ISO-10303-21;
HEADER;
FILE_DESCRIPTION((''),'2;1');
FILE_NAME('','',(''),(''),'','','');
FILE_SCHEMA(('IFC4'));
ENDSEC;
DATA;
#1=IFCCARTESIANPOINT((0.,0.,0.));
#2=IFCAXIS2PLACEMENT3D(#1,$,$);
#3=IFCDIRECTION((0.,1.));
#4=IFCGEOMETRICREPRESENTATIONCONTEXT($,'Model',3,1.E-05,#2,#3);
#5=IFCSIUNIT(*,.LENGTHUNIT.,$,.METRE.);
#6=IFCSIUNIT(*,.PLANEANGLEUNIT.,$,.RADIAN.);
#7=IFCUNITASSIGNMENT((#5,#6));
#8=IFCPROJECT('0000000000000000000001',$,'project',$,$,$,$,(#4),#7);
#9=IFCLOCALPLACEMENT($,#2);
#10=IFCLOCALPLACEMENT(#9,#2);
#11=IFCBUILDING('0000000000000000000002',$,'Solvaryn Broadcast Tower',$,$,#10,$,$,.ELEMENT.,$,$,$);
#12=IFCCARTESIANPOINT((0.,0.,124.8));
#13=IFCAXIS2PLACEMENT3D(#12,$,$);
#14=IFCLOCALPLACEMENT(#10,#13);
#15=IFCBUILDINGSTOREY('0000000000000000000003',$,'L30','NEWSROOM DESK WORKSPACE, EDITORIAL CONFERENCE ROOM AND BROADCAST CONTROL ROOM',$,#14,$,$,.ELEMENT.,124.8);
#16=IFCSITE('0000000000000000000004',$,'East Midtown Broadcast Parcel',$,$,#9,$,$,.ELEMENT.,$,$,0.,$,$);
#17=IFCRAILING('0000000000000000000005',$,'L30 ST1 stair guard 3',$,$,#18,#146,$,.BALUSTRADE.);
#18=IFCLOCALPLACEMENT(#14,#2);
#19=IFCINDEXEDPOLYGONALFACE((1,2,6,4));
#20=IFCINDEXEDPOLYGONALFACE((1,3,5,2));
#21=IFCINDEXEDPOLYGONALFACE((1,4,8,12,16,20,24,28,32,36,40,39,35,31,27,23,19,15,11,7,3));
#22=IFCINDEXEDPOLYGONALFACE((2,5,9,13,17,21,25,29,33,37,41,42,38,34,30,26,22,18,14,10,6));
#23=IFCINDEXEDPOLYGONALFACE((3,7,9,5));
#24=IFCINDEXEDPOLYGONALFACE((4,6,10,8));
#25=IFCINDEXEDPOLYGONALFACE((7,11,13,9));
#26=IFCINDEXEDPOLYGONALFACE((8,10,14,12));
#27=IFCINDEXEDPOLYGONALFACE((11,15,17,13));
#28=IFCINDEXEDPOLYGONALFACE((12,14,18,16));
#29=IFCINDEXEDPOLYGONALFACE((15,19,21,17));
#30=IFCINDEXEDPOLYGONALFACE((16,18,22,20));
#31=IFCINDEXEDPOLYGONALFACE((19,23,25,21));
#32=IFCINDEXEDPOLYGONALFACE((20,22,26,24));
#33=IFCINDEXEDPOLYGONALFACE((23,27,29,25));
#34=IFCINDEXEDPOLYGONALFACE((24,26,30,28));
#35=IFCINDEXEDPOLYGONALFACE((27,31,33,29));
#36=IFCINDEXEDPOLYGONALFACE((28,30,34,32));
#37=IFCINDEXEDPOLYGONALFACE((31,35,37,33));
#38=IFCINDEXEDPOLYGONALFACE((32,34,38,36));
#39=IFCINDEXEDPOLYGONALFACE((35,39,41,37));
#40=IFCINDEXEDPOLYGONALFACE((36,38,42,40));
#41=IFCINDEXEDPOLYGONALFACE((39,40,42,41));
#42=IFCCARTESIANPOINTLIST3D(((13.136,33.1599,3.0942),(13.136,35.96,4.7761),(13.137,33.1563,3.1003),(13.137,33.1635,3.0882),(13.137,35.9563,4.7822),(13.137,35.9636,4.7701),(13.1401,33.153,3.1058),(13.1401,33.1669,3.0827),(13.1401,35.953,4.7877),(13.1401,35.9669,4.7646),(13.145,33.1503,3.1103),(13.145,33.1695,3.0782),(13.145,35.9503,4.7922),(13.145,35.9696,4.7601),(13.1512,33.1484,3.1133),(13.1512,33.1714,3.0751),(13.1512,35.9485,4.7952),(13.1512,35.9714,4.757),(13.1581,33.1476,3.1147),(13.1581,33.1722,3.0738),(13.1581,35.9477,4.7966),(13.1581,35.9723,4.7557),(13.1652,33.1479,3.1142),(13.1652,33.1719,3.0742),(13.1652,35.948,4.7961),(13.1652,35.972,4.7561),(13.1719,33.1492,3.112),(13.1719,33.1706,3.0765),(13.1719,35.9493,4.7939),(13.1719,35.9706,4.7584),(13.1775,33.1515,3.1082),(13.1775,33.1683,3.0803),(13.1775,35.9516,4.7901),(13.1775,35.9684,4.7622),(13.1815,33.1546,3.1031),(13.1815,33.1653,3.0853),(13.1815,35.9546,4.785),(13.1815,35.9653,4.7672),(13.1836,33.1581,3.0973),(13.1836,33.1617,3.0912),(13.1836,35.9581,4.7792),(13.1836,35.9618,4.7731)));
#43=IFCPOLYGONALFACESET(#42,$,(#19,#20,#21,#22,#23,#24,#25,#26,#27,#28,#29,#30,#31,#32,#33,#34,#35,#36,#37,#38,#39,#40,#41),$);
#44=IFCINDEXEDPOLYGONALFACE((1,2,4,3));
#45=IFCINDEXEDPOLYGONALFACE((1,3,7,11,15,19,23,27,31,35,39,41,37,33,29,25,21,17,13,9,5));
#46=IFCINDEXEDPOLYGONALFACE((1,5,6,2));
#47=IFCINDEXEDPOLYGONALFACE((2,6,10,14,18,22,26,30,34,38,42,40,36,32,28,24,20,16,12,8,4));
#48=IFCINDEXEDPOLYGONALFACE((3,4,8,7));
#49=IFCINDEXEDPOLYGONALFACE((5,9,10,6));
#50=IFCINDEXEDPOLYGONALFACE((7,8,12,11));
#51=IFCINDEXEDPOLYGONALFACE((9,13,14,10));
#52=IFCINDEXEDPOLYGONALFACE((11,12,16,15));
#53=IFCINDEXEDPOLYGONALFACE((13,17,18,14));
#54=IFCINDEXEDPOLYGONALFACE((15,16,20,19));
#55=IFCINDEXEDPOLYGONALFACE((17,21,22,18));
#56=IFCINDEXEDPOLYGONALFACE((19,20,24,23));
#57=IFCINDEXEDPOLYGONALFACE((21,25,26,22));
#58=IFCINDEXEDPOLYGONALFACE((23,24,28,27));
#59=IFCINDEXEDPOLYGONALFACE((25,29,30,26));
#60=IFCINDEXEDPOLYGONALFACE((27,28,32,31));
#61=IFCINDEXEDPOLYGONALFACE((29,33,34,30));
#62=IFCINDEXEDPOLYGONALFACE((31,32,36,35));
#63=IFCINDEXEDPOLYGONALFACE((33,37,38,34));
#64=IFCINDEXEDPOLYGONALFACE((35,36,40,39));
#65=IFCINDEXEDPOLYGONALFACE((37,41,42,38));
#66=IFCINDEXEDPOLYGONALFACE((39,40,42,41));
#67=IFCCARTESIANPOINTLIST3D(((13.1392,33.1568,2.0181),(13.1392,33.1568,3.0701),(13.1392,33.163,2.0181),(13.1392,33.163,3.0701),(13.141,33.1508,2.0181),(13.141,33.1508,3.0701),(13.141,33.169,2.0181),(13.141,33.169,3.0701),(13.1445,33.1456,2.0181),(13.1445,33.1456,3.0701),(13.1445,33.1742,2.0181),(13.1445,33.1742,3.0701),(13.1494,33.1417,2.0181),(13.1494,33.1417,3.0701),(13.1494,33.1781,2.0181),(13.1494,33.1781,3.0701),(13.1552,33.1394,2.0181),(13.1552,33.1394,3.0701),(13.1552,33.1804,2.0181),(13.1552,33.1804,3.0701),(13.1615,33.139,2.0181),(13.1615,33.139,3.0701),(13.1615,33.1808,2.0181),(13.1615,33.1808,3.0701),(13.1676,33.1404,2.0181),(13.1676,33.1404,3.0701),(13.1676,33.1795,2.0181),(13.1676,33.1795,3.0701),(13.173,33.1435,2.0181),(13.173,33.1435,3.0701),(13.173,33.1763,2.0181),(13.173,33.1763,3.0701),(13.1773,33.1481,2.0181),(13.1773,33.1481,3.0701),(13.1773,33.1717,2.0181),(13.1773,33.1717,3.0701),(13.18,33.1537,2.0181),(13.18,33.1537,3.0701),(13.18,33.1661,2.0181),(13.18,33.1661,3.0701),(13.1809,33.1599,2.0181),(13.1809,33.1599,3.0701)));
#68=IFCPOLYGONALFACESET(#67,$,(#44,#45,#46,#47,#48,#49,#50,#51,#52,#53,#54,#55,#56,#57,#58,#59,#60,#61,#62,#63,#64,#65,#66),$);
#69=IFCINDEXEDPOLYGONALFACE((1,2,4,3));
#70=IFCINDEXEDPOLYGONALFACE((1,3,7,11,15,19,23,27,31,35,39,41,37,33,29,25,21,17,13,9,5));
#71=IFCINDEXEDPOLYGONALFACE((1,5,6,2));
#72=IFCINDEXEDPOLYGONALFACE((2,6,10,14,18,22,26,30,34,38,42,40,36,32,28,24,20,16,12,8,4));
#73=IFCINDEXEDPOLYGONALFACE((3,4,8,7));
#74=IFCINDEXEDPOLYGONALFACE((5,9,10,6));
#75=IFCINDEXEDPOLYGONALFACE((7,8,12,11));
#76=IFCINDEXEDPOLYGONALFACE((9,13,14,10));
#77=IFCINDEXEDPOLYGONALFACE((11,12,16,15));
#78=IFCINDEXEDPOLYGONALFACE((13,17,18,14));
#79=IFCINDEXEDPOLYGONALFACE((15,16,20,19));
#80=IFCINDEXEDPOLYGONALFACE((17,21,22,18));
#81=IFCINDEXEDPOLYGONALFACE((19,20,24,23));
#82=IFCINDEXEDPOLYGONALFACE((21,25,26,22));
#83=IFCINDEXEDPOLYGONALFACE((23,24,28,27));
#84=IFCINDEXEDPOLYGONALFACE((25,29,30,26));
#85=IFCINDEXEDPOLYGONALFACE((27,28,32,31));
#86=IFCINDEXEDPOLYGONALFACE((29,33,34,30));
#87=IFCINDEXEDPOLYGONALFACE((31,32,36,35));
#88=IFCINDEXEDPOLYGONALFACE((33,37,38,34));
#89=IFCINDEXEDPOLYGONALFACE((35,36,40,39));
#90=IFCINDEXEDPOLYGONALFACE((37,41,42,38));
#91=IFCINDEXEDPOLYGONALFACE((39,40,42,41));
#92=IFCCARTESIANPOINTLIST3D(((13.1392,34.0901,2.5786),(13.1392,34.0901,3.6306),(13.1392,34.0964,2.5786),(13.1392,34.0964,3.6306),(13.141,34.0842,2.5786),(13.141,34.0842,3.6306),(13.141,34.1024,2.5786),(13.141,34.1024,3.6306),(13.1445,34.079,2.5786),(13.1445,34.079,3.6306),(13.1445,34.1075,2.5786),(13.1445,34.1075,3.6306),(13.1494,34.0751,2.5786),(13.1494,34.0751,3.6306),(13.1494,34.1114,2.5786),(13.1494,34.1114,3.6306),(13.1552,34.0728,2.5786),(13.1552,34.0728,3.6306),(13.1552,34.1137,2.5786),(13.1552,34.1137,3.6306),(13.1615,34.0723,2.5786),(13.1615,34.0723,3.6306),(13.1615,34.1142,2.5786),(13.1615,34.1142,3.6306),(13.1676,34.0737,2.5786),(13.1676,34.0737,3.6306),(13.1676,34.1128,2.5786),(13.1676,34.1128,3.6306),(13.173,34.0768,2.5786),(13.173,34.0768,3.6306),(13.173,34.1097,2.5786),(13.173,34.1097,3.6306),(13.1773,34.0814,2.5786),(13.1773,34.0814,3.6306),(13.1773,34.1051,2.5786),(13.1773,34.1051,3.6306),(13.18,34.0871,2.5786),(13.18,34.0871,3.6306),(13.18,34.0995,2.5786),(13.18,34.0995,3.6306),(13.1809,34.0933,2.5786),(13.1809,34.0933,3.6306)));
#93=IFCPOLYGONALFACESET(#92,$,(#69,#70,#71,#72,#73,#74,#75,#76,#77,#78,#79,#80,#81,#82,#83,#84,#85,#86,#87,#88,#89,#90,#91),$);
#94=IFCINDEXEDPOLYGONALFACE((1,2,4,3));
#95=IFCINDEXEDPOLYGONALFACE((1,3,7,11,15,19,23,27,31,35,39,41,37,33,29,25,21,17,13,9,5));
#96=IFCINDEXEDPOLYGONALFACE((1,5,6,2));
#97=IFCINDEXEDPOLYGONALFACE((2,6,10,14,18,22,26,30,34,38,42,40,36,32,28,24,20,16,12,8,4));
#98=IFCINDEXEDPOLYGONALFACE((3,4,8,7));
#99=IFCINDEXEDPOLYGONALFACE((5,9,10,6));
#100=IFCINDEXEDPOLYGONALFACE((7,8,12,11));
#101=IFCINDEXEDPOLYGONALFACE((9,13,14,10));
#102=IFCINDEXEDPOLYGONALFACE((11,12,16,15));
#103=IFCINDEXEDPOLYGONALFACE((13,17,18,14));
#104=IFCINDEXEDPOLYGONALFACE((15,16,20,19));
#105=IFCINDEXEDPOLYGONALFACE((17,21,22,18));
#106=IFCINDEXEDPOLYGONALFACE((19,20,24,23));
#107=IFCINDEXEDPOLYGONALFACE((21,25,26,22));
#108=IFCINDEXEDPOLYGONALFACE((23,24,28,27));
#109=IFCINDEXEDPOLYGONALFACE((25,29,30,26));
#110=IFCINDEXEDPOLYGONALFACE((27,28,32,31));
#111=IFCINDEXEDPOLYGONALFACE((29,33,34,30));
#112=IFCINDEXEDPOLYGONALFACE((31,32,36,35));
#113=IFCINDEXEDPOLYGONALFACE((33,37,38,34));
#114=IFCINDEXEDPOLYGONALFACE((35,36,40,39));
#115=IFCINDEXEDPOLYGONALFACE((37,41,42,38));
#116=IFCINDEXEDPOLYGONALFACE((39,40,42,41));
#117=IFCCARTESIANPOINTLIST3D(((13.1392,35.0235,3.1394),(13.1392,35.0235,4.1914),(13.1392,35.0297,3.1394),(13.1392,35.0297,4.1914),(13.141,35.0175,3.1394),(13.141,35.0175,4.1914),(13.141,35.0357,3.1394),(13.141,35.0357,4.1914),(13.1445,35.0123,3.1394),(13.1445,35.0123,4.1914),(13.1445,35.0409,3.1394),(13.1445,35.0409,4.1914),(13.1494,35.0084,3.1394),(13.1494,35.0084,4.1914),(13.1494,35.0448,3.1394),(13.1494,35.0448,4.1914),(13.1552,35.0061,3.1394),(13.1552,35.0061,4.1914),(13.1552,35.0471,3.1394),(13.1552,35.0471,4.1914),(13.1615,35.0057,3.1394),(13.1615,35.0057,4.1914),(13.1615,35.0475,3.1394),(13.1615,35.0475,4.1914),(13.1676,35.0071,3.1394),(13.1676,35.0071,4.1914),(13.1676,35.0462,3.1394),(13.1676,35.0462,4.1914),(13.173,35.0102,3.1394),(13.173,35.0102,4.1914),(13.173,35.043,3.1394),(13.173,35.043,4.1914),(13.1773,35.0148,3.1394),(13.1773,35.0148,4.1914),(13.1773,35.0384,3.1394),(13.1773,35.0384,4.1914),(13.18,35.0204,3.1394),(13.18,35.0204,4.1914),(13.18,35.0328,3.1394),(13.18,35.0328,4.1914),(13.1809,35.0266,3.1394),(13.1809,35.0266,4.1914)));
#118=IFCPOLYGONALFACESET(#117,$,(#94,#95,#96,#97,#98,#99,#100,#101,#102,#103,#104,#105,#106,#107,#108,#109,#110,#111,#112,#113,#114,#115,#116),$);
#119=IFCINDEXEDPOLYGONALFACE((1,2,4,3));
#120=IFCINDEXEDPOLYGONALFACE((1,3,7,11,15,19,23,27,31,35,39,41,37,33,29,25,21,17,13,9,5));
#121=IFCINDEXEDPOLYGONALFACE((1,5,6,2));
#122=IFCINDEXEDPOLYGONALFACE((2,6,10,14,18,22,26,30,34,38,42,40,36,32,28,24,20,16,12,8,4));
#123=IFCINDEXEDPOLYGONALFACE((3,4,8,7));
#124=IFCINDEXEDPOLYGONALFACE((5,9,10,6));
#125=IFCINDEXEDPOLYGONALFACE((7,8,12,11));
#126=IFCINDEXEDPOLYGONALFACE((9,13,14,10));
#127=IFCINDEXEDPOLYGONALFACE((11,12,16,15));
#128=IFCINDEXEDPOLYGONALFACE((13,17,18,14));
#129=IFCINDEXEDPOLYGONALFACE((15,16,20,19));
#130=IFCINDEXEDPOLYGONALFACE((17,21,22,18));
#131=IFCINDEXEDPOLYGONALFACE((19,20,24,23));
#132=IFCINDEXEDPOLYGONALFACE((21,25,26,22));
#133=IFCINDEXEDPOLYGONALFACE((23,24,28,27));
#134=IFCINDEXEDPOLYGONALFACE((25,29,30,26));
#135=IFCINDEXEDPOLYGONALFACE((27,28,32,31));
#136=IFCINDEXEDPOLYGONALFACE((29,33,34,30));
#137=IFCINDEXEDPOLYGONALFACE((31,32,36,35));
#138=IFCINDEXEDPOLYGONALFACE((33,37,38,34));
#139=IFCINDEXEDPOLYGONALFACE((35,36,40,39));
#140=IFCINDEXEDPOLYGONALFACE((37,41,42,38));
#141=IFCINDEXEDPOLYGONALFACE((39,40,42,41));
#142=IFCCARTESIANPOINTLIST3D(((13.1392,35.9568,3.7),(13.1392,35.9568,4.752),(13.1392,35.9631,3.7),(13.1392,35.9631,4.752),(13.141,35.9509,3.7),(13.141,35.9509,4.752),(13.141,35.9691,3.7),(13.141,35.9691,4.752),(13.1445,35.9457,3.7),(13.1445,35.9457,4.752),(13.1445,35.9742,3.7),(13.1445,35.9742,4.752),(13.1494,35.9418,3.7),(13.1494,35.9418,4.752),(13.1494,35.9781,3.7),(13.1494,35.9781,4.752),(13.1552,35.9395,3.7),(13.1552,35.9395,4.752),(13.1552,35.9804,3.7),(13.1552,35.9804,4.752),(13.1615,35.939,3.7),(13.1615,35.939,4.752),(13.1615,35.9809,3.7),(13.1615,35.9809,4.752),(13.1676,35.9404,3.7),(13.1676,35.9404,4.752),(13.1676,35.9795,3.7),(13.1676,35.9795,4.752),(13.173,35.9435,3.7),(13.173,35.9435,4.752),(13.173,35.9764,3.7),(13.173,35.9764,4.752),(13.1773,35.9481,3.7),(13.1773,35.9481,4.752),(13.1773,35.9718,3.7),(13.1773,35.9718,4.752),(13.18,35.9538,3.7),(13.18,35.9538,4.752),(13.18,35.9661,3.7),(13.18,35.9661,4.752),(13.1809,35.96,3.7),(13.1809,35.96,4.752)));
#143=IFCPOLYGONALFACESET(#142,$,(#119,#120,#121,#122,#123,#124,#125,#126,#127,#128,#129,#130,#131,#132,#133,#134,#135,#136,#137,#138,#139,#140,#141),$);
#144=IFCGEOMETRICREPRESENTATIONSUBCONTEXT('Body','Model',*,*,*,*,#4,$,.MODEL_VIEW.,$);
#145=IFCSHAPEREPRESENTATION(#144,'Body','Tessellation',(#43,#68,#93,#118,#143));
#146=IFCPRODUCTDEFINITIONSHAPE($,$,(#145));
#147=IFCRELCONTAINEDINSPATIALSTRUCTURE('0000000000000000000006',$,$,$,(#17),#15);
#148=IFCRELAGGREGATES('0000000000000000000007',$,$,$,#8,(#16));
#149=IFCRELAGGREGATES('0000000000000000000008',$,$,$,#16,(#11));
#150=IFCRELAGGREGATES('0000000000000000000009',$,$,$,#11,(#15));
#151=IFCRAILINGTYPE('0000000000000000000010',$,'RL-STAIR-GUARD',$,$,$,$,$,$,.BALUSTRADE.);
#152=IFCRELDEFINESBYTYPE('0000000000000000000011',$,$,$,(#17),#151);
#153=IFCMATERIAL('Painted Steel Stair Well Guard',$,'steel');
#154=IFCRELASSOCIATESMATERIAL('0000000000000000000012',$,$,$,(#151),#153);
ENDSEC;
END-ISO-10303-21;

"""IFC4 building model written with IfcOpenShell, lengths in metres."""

from ifc_helpers import new_model, si_unit, direction, frame, origin, origin_2d, place, context, subcontext, project, spatial, circle, extrude, material, type_object, element, save


model = new_model("IFC4")

# Units and contexts
model_context = context("Model", 3, precision=1e-05, world=origin(), true_north=direction((0.0, 1.0)))
body_context = subcontext(model_context, "Body", "Model", "MODEL_VIEW")
ifc_project = project(units=[si_unit("LENGTHUNIT", "METRE"), si_unit("PLANEANGLEUNIT", "RADIAN")], contexts=[model_context])

# Site, building, storey
site_placement = place(None, origin())
site = spatial("IfcSite", under=ifc_project, at=site_placement, Name="East Midtown Broadcast Parcel", CompositionType="ELEMENT", RefElevation=0.0)
building_placement = place(site_placement, origin())
building = spatial("IfcBuilding", under=site, at=building_placement, Name="Solvaryn Broadcast Tower", CompositionType="ELEMENT")
storey_placement = place(building_placement, frame((0.0, 0.0, 124.8)))
storey = spatial("IfcBuildingStorey", under=building, at=storey_placement, Name="L30", Description="NEWSROOM DESK WORKSPACE, EDITORIAL CONFERENCE ROOM AND BROADCAST CONTROL ROOM", CompositionType="ELEMENT", Elevation=124.8)

# Railing
ifc_material_1 = material(Name="Painted Steel Stair Well Guard", Category="steel")
railing_type_1 = type_object("IfcRailingType", Name="RL-STAIR-GUARD", PredefinedType="BALUSTRADE", material=ifc_material_1)
railing_1_placement = place(storey_placement, frame((13.1599, 33.1599, 2.0181)))
element("IfcRailing", 1, at=railing_1_placement, inside=storey, type_object=railing_type_1, Name="L30 ST1 stair guard 3", PredefinedType="BALUSTRADE", context=body_context, shape_type="SweptSolid", body=[
    extrude(circle(Radius=0.0239, at=origin_2d()), frame((0.0, 0.0, 1.0762), z_axis=(0.0, 0.857242, 0.514913), x_axis=(-1.0, 0.0, 0.0)), (0.0, 0.0, 1.0), 3.2664),
    extrude(circle(Radius=0.021, at=origin_2d()), origin(), (0.0, 0.0, 1.0), 1.052),
    extrude(circle(Radius=0.021, at=origin_2d()), frame((0.0, 0.9333, 0.5605)), (0.0, 0.0, 1.0), 1.052),
    extrude(circle(Radius=0.021, at=origin_2d()), frame((0.0, 1.8667, 1.1213)), (0.0, 0.0, 1.0), 1.052),
    extrude(circle(Radius=0.021, at=origin_2d()), frame((0.0, 2.8, 1.6819)), (0.0, 0.0, 1.0), 1.052),
])

save(model, "model.ifc")
